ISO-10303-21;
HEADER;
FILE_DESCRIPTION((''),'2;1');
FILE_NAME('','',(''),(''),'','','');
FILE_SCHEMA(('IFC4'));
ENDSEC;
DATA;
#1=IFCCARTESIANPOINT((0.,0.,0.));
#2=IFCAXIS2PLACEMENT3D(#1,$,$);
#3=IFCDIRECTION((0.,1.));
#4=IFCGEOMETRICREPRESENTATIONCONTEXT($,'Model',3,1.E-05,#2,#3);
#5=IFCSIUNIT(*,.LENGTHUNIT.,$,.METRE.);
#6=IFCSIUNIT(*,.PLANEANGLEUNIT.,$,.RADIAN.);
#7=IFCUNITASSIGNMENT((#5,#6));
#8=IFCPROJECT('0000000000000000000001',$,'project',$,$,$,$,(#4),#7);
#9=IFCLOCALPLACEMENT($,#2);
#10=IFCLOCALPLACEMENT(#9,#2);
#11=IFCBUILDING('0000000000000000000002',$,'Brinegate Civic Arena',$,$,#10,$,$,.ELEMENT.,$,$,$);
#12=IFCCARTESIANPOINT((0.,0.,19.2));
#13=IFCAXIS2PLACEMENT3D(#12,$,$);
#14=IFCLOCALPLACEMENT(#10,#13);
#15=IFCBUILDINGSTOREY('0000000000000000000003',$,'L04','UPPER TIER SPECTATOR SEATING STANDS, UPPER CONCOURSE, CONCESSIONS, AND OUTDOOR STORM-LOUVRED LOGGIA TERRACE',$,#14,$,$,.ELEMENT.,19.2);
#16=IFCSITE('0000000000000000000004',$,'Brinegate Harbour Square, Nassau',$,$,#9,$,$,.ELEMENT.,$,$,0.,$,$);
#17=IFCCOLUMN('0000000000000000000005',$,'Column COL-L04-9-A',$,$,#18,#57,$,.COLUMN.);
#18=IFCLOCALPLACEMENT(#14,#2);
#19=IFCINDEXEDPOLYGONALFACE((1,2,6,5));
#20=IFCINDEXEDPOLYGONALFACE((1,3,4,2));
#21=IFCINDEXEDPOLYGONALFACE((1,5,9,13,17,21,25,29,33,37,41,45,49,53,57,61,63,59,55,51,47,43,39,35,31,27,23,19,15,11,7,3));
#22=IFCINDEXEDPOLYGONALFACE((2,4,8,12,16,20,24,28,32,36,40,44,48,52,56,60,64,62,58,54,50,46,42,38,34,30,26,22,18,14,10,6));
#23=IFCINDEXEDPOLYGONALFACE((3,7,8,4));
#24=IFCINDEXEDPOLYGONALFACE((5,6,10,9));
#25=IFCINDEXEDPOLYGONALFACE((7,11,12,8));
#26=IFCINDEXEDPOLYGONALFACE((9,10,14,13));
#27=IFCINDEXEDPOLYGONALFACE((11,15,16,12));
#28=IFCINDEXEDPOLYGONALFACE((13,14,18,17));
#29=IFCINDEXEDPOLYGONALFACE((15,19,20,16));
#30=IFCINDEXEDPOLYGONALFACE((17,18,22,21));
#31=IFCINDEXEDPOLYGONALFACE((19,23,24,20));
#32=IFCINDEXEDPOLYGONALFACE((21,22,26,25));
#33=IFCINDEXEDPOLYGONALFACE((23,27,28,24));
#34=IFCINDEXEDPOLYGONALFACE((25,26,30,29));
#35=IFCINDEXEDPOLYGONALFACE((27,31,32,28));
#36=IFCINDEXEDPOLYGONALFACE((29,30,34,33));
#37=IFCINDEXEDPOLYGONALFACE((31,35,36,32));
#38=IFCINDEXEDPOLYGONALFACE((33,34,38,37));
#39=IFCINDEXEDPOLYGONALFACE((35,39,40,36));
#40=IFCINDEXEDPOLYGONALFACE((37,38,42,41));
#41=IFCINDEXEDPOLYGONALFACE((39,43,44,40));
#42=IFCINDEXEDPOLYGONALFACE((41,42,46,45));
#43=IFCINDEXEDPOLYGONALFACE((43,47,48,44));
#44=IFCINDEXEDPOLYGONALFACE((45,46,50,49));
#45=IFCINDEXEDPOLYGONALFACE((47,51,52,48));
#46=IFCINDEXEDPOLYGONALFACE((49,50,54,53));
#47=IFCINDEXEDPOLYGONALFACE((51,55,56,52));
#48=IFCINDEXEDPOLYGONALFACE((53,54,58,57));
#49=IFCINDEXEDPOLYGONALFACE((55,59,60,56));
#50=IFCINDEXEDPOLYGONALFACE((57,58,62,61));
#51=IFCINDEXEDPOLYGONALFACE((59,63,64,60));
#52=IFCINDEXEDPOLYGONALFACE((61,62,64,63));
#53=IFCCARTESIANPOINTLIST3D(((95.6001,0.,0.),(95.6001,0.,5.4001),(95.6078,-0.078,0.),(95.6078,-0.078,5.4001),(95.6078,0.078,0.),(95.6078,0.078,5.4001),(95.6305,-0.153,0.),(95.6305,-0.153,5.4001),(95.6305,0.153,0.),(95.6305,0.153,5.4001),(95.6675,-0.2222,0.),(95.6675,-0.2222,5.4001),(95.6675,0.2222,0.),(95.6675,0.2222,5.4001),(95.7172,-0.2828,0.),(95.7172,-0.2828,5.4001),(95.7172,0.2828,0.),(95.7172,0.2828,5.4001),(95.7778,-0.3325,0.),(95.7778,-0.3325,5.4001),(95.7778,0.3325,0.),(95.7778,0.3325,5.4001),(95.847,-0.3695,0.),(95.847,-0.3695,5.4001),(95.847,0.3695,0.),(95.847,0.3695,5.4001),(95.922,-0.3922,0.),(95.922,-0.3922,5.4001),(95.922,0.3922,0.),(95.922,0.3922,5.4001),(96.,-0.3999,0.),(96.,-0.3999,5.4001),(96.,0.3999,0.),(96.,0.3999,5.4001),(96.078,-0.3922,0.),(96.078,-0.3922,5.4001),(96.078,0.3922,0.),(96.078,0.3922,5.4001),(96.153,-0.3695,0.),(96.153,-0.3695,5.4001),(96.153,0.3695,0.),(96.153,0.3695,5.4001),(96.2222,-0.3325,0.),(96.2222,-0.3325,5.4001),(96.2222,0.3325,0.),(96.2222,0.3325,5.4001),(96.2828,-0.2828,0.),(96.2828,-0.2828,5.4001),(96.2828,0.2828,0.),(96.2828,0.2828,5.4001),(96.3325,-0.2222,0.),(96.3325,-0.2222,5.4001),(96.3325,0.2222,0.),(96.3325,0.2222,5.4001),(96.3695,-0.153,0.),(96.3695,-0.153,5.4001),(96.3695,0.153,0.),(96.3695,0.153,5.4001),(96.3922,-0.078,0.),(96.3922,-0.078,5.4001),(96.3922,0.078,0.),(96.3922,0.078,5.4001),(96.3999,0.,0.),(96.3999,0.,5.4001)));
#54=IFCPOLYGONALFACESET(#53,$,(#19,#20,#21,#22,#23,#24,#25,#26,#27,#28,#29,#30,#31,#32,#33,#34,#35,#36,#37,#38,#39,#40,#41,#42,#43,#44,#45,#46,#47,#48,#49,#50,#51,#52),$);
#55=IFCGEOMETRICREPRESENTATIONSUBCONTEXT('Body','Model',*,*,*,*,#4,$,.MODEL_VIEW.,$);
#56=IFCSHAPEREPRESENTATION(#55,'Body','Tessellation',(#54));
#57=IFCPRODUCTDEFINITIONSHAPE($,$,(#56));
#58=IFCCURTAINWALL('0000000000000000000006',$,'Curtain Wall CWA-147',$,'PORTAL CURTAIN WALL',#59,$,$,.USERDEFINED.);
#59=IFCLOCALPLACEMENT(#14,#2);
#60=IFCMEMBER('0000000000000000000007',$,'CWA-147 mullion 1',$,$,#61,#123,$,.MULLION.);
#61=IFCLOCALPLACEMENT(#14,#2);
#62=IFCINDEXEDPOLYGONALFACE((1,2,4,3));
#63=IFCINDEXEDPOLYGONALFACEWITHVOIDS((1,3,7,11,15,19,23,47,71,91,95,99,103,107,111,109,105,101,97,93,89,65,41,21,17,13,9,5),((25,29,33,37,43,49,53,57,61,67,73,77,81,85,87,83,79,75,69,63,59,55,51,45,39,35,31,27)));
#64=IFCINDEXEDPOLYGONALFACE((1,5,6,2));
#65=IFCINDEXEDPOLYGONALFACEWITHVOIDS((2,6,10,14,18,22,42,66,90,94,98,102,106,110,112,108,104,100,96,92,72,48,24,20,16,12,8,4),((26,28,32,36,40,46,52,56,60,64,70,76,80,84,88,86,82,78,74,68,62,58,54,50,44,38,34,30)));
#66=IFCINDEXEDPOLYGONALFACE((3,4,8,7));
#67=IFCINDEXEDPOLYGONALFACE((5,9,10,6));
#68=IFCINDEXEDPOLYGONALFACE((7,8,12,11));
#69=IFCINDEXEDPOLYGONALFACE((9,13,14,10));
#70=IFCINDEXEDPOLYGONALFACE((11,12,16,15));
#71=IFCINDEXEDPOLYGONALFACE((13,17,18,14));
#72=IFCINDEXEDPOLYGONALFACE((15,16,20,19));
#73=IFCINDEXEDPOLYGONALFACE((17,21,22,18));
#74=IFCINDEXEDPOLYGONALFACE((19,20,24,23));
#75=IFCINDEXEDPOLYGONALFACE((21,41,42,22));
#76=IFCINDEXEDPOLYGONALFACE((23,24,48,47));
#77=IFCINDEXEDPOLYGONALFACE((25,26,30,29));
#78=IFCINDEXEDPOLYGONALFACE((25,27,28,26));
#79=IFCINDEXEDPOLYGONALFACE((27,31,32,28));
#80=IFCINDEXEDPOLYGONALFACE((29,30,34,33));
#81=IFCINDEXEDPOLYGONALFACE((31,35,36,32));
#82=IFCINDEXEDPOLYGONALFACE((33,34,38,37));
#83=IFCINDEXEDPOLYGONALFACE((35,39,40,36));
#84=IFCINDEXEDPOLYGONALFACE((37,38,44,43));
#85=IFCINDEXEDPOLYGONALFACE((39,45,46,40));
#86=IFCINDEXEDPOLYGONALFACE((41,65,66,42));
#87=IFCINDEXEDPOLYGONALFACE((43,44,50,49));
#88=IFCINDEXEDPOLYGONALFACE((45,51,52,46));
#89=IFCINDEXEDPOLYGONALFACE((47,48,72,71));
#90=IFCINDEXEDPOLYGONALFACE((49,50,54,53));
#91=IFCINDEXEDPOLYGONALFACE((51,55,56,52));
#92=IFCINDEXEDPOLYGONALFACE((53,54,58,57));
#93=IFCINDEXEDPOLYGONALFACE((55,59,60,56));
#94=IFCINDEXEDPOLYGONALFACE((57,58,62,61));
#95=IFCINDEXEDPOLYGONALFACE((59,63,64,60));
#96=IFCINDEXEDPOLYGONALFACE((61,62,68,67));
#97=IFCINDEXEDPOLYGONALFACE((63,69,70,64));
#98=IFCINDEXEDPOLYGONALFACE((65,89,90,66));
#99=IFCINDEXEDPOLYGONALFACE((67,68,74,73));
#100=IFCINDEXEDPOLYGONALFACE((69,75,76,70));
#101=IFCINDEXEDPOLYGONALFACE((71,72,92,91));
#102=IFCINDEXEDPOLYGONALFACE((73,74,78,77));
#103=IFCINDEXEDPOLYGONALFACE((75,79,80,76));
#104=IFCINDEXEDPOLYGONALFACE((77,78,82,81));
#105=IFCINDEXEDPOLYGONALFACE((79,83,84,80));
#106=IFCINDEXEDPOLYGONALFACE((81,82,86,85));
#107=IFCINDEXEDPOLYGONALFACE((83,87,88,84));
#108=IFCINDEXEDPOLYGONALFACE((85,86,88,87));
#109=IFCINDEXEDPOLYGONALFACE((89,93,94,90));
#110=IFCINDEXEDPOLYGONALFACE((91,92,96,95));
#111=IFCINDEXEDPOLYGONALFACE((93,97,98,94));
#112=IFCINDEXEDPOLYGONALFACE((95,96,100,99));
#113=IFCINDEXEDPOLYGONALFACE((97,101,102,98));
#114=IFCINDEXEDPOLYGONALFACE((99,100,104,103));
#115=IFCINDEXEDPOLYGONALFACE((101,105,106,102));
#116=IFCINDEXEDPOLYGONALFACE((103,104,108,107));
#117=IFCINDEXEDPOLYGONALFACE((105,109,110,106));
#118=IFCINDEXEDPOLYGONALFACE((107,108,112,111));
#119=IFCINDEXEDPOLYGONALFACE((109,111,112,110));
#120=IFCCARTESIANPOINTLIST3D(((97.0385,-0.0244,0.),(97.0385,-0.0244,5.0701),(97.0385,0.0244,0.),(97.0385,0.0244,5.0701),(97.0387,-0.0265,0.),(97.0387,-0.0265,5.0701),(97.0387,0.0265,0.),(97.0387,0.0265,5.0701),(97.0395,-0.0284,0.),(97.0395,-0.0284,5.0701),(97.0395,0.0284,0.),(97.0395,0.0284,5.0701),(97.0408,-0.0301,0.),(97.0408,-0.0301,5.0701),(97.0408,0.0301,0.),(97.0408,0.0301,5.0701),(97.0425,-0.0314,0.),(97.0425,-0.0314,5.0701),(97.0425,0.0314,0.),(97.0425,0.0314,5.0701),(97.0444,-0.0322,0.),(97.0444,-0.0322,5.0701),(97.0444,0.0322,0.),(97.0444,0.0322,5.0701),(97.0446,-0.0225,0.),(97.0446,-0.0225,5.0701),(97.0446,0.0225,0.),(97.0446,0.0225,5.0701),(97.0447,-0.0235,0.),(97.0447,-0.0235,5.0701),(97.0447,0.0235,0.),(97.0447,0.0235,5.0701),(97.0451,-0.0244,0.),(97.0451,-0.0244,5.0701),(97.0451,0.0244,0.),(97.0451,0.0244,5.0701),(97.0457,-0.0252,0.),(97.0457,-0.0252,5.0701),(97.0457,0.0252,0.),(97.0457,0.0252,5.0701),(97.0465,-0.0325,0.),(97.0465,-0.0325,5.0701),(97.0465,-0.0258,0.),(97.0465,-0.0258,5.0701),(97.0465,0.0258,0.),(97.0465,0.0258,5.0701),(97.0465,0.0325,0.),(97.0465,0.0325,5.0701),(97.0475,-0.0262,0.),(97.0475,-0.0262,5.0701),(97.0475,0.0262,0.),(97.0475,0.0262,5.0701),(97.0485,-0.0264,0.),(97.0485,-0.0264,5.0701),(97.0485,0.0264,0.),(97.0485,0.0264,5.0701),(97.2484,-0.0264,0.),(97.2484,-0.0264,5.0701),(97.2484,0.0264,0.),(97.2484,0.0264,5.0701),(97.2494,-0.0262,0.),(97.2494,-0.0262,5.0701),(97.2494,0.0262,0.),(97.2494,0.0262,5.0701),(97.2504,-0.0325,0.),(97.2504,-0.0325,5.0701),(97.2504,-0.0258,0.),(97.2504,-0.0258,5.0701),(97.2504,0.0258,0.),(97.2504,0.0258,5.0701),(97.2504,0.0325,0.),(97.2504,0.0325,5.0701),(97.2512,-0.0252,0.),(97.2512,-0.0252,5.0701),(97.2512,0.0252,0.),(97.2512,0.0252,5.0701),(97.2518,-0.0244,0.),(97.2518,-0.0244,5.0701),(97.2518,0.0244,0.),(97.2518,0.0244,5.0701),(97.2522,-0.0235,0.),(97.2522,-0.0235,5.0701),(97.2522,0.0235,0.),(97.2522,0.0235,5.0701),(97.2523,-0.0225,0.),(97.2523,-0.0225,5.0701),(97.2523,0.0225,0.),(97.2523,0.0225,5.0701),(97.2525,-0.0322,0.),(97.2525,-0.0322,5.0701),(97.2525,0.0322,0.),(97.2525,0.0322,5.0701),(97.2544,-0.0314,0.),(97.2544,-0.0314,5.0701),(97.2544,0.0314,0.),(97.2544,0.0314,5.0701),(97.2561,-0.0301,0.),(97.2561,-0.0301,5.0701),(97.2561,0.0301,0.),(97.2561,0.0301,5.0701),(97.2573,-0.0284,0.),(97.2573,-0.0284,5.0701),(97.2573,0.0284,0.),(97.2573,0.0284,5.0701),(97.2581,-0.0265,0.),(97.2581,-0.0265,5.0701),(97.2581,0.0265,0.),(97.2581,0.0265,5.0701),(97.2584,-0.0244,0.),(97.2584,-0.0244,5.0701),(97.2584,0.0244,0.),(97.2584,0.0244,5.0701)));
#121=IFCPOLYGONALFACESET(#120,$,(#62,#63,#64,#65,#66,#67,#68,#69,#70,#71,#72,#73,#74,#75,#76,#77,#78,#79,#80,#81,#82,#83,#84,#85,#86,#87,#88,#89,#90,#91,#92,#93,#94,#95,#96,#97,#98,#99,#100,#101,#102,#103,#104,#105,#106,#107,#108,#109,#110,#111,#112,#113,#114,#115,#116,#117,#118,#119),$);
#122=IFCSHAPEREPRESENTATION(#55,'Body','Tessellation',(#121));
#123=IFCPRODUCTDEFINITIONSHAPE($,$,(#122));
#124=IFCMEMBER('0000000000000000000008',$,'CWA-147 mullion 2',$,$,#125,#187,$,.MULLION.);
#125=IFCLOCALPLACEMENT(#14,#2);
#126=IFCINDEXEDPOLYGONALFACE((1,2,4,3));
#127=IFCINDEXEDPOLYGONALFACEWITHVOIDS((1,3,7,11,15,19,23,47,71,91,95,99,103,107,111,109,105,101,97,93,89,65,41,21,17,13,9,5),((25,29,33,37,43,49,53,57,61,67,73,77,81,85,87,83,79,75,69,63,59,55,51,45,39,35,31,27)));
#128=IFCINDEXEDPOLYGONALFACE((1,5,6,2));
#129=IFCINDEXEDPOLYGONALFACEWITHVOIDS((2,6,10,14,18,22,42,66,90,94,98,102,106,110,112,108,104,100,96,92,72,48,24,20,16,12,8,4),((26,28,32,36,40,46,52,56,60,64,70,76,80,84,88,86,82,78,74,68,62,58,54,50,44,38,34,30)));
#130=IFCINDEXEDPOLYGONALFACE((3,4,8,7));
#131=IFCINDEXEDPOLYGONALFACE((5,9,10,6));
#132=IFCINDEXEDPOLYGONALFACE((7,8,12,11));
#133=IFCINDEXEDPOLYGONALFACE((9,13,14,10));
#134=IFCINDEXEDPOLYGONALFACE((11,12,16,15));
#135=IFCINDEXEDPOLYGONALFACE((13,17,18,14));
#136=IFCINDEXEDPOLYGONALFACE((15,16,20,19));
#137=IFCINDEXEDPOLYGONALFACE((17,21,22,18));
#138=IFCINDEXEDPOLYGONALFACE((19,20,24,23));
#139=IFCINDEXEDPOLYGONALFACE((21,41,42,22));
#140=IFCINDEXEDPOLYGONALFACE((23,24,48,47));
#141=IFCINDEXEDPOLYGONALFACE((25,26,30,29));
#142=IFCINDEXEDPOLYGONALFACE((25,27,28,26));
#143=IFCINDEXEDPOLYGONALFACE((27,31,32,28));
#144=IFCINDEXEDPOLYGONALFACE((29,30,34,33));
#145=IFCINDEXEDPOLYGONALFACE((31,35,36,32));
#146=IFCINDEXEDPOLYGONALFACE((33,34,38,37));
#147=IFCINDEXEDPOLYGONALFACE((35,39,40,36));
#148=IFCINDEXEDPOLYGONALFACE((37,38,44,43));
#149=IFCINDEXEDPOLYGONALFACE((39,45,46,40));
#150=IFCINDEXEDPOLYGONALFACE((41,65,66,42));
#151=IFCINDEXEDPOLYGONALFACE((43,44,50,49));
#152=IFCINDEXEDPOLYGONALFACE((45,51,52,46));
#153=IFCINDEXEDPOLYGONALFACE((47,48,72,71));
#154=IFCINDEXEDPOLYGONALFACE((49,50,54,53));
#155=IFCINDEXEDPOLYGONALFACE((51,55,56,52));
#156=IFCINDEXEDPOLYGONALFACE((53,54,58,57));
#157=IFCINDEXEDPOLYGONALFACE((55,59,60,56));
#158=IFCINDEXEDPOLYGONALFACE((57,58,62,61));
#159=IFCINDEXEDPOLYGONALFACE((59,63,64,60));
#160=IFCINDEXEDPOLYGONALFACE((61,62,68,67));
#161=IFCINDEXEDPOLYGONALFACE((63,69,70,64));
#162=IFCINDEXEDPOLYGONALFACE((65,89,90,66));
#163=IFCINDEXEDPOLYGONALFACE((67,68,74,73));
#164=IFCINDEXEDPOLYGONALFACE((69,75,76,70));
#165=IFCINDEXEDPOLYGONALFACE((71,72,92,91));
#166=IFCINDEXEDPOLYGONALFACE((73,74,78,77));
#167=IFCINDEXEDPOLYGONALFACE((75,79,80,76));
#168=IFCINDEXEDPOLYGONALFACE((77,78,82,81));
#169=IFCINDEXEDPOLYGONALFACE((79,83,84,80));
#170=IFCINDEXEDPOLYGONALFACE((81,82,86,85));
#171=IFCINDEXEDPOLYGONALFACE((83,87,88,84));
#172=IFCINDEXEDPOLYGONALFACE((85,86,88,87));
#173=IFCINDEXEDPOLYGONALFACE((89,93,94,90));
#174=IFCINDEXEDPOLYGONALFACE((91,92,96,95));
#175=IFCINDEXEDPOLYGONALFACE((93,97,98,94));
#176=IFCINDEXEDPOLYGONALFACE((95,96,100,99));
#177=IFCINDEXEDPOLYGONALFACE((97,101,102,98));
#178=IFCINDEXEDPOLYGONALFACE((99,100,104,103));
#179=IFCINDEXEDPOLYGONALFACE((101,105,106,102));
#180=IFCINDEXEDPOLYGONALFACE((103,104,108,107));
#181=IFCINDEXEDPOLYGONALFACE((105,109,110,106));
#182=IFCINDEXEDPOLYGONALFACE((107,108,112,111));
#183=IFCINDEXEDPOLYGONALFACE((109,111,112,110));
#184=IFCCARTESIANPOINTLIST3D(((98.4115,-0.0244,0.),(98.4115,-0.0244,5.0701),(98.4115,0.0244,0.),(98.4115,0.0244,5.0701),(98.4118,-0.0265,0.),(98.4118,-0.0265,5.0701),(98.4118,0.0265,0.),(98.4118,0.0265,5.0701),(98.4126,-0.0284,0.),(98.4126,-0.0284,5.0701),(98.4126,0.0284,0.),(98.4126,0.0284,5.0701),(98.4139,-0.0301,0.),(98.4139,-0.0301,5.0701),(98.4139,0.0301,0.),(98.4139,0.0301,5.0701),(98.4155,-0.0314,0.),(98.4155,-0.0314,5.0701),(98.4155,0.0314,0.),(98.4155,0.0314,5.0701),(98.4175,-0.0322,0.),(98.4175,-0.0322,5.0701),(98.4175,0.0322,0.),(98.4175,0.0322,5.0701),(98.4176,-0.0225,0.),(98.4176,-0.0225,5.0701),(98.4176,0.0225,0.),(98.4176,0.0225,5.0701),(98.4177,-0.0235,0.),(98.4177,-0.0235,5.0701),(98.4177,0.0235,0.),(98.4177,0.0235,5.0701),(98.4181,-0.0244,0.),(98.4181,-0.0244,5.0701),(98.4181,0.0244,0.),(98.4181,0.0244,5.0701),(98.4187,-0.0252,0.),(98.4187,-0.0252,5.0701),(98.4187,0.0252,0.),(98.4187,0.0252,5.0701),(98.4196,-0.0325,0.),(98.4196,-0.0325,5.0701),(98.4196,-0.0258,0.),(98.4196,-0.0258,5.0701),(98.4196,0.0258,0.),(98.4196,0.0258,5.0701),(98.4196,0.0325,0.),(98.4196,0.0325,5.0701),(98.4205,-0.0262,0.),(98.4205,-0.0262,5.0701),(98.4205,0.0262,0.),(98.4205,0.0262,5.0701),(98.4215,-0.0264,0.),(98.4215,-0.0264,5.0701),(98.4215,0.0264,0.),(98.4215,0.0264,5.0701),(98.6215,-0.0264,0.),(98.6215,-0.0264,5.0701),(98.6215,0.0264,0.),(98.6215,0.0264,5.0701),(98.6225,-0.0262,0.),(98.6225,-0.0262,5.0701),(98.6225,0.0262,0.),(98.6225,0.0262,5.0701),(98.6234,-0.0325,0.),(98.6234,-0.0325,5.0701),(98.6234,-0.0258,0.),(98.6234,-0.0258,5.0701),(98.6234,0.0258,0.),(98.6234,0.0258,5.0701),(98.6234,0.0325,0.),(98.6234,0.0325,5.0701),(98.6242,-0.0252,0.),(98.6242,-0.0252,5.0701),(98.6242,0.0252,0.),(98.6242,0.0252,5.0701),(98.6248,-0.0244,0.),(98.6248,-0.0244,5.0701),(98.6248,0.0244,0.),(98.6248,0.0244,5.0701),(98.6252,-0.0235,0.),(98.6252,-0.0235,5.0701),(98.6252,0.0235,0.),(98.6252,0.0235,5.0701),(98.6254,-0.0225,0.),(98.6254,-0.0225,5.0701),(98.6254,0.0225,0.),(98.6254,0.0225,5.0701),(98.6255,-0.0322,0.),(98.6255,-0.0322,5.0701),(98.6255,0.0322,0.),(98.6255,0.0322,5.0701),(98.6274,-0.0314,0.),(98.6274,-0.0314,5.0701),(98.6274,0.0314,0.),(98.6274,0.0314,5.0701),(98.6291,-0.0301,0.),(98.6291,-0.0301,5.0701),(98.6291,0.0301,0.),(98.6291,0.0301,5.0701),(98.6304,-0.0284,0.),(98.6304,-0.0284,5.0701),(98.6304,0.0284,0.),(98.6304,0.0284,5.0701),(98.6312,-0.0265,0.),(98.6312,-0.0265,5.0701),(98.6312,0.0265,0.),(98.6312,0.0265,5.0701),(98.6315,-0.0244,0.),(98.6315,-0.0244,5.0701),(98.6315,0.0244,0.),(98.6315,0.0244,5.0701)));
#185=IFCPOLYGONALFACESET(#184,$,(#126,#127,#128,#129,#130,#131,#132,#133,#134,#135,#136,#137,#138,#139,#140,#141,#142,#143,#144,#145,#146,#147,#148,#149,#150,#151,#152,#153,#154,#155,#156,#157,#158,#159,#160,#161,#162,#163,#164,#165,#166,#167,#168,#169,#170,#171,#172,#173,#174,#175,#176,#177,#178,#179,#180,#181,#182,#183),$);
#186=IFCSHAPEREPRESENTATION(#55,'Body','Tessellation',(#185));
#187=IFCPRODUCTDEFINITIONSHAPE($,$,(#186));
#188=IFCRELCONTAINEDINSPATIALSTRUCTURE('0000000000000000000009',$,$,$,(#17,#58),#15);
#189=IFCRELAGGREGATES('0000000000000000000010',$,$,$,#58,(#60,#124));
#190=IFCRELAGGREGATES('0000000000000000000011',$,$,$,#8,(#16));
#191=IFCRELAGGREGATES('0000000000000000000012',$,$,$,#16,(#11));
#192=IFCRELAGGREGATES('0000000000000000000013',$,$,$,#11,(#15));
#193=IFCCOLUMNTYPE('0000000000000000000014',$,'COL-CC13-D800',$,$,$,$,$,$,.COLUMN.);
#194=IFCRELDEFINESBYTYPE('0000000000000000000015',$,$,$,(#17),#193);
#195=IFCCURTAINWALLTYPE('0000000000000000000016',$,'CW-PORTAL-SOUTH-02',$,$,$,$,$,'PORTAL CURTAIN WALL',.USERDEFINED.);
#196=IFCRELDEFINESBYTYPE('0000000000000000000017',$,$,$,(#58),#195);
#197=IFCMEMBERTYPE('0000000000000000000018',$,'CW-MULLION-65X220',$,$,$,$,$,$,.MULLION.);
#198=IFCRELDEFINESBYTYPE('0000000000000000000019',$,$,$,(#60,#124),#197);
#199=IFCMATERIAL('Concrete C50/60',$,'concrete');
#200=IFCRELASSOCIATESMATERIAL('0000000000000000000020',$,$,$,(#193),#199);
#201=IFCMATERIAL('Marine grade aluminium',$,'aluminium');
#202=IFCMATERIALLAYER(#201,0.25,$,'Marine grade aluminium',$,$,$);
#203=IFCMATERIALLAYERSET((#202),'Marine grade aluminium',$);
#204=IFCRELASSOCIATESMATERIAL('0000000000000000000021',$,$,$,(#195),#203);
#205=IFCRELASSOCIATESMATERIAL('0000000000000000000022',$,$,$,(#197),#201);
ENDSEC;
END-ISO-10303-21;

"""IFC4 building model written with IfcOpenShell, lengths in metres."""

from ifc_helpers import new_model, si_unit, direction, frame, origin, origin_2d, place, context, subcontext, project, spatial, hollow_rectangle, circle, extrude, material, layer, layer_set, material_profile, profile_set, type_object, element, aggregate, save


model = new_model("IFC4")

# Units and contexts
model_context = context("Model", 3, precision=1e-05, world=origin(), true_north=direction((0.0, 1.0)))
body_context = subcontext(model_context, "Body", "Model", "MODEL_VIEW")
ifc_project = project(units=[si_unit("LENGTHUNIT", "METRE"), si_unit("PLANEANGLEUNIT", "RADIAN")], contexts=[model_context])

# Site, building, storey
site_placement = place(None, origin())
site = spatial("IfcSite", under=ifc_project, at=site_placement, Name="Brinegate Harbour Square, Nassau", CompositionType="ELEMENT", RefElevation=0.0)
building_placement = place(site_placement, origin())
building = spatial("IfcBuilding", under=site, at=building_placement, Name="Brinegate Civic Arena", CompositionType="ELEMENT")
storey_placement = place(building_placement, frame((0.0, 0.0, 19.2)))
storey = spatial("IfcBuildingStorey", under=building, at=storey_placement, Name="L04", Description="UPPER TIER SPECTATOR SEATING STANDS, UPPER CONCOURSE, CONCESSIONS, AND OUTDOOR STORM-LOUVRED LOGGIA TERRACE", CompositionType="ELEMENT", Elevation=19.2)

# Column
ifc_material_1 = material(Name="Concrete C50/60", Category="concrete")
ifc_material_profile_1 = material_profile(ifc_material_1, circle(Radius=0.3999, at=origin_2d()), Name="RCD800")
ifc_profile_set_1 = profile_set([ifc_material_profile_1], Name="Concrete C50/60")
column_type = type_object("IfcColumnType", Name="COL-CC13-D800", PredefinedType="COLUMN", material=ifc_profile_set_1)
column_placement = place(storey_placement, frame((96.0, 0.0, 0.0), z_axis=(0.0, 0.0, 1.0), x_axis=(1.0, 0.0, 0.0)))
element("IfcColumn", 1, at=column_placement, inside=storey, type_object=column_type, Name="Column COL-L04-9-A", PredefinedType="COLUMN", context=body_context, shape_type="SweptSolid", body=[
    extrude(circle(Radius=0.3999, at=origin_2d()), origin(), (0.0, 0.0, 1.0), 5.4001),
])

# Curtain wall, members
ifc_material_2 = material(Name="Marine grade aluminium", Category="aluminium")
ifc_layer_1 = layer(ifc_material_2, 0.25, Name="Marine grade aluminium")
ifc_layer_set_1 = layer_set([ifc_layer_1], Name="Marine grade aluminium")
curtain_wall_type = type_object("IfcCurtainWallType", Name="CW-PORTAL-SOUTH-02", ElementType="PORTAL CURTAIN WALL", PredefinedType="USERDEFINED", material=ifc_layer_set_1)
curtain_wall_1_placement = place(storey_placement, origin())
curtain_wall_1 = element("IfcCurtainWall", 2, at=curtain_wall_1_placement, inside=storey, type_object=curtain_wall_type, Name="Curtain Wall CWA-147", ObjectType="PORTAL CURTAIN WALL", PredefinedType="USERDEFINED")
ifc_material_profile_2 = material_profile(ifc_material_2, hollow_rectangle(XDim=0.0649, YDim=0.22, WallThickness=0.0061, InnerFilletRadius=0.0039, OuterFilletRadius=0.0081, at=origin_2d()), Name="MUL65X220")
ifc_profile_set_2 = profile_set([ifc_material_profile_2], Name="Marine grade aluminium")
member_type_1 = type_object("IfcMemberType", Name="CW-MULLION-65X220", PredefinedType="MULLION", material=ifc_profile_set_2)
member_1_placement = place(storey_placement, frame((97.1484, 0.0, 0.0), z_axis=(0.0, 0.0, 1.0), x_axis=(0.0, 1.0, 0.0)))
member_1 = element("IfcMember", 3, at=member_1_placement, type_object=member_type_1, Name="CWA-147 mullion 1", PredefinedType="MULLION", context=body_context, shape_type="SweptSolid", body=[
    extrude(hollow_rectangle(XDim=0.0649, YDim=0.22, WallThickness=0.0061, InnerFilletRadius=0.0039, OuterFilletRadius=0.0081, at=origin_2d()), origin(), (0.0, 0.0, 1.0), 5.0701),
])
member_2_placement = place(storey_placement, frame((98.5215, 0.0, 0.0), z_axis=(0.0, 0.0, 1.0), x_axis=(0.0, 1.0, 0.0)))
member_2 = element("IfcMember", 4, at=member_2_placement, type_object=member_type_1, Name="CWA-147 mullion 2", PredefinedType="MULLION", context=body_context, shape_type="SweptSolid", body=[
    extrude(hollow_rectangle(XDim=0.0649, YDim=0.22, WallThickness=0.0061, InnerFilletRadius=0.0039, OuterFilletRadius=0.0081, at=origin_2d()), origin(), (0.0, 0.0, 1.0), 5.0701),
])

aggregate(curtain_wall_1, [member_1, member_2])

save(model, "model.ifc")
